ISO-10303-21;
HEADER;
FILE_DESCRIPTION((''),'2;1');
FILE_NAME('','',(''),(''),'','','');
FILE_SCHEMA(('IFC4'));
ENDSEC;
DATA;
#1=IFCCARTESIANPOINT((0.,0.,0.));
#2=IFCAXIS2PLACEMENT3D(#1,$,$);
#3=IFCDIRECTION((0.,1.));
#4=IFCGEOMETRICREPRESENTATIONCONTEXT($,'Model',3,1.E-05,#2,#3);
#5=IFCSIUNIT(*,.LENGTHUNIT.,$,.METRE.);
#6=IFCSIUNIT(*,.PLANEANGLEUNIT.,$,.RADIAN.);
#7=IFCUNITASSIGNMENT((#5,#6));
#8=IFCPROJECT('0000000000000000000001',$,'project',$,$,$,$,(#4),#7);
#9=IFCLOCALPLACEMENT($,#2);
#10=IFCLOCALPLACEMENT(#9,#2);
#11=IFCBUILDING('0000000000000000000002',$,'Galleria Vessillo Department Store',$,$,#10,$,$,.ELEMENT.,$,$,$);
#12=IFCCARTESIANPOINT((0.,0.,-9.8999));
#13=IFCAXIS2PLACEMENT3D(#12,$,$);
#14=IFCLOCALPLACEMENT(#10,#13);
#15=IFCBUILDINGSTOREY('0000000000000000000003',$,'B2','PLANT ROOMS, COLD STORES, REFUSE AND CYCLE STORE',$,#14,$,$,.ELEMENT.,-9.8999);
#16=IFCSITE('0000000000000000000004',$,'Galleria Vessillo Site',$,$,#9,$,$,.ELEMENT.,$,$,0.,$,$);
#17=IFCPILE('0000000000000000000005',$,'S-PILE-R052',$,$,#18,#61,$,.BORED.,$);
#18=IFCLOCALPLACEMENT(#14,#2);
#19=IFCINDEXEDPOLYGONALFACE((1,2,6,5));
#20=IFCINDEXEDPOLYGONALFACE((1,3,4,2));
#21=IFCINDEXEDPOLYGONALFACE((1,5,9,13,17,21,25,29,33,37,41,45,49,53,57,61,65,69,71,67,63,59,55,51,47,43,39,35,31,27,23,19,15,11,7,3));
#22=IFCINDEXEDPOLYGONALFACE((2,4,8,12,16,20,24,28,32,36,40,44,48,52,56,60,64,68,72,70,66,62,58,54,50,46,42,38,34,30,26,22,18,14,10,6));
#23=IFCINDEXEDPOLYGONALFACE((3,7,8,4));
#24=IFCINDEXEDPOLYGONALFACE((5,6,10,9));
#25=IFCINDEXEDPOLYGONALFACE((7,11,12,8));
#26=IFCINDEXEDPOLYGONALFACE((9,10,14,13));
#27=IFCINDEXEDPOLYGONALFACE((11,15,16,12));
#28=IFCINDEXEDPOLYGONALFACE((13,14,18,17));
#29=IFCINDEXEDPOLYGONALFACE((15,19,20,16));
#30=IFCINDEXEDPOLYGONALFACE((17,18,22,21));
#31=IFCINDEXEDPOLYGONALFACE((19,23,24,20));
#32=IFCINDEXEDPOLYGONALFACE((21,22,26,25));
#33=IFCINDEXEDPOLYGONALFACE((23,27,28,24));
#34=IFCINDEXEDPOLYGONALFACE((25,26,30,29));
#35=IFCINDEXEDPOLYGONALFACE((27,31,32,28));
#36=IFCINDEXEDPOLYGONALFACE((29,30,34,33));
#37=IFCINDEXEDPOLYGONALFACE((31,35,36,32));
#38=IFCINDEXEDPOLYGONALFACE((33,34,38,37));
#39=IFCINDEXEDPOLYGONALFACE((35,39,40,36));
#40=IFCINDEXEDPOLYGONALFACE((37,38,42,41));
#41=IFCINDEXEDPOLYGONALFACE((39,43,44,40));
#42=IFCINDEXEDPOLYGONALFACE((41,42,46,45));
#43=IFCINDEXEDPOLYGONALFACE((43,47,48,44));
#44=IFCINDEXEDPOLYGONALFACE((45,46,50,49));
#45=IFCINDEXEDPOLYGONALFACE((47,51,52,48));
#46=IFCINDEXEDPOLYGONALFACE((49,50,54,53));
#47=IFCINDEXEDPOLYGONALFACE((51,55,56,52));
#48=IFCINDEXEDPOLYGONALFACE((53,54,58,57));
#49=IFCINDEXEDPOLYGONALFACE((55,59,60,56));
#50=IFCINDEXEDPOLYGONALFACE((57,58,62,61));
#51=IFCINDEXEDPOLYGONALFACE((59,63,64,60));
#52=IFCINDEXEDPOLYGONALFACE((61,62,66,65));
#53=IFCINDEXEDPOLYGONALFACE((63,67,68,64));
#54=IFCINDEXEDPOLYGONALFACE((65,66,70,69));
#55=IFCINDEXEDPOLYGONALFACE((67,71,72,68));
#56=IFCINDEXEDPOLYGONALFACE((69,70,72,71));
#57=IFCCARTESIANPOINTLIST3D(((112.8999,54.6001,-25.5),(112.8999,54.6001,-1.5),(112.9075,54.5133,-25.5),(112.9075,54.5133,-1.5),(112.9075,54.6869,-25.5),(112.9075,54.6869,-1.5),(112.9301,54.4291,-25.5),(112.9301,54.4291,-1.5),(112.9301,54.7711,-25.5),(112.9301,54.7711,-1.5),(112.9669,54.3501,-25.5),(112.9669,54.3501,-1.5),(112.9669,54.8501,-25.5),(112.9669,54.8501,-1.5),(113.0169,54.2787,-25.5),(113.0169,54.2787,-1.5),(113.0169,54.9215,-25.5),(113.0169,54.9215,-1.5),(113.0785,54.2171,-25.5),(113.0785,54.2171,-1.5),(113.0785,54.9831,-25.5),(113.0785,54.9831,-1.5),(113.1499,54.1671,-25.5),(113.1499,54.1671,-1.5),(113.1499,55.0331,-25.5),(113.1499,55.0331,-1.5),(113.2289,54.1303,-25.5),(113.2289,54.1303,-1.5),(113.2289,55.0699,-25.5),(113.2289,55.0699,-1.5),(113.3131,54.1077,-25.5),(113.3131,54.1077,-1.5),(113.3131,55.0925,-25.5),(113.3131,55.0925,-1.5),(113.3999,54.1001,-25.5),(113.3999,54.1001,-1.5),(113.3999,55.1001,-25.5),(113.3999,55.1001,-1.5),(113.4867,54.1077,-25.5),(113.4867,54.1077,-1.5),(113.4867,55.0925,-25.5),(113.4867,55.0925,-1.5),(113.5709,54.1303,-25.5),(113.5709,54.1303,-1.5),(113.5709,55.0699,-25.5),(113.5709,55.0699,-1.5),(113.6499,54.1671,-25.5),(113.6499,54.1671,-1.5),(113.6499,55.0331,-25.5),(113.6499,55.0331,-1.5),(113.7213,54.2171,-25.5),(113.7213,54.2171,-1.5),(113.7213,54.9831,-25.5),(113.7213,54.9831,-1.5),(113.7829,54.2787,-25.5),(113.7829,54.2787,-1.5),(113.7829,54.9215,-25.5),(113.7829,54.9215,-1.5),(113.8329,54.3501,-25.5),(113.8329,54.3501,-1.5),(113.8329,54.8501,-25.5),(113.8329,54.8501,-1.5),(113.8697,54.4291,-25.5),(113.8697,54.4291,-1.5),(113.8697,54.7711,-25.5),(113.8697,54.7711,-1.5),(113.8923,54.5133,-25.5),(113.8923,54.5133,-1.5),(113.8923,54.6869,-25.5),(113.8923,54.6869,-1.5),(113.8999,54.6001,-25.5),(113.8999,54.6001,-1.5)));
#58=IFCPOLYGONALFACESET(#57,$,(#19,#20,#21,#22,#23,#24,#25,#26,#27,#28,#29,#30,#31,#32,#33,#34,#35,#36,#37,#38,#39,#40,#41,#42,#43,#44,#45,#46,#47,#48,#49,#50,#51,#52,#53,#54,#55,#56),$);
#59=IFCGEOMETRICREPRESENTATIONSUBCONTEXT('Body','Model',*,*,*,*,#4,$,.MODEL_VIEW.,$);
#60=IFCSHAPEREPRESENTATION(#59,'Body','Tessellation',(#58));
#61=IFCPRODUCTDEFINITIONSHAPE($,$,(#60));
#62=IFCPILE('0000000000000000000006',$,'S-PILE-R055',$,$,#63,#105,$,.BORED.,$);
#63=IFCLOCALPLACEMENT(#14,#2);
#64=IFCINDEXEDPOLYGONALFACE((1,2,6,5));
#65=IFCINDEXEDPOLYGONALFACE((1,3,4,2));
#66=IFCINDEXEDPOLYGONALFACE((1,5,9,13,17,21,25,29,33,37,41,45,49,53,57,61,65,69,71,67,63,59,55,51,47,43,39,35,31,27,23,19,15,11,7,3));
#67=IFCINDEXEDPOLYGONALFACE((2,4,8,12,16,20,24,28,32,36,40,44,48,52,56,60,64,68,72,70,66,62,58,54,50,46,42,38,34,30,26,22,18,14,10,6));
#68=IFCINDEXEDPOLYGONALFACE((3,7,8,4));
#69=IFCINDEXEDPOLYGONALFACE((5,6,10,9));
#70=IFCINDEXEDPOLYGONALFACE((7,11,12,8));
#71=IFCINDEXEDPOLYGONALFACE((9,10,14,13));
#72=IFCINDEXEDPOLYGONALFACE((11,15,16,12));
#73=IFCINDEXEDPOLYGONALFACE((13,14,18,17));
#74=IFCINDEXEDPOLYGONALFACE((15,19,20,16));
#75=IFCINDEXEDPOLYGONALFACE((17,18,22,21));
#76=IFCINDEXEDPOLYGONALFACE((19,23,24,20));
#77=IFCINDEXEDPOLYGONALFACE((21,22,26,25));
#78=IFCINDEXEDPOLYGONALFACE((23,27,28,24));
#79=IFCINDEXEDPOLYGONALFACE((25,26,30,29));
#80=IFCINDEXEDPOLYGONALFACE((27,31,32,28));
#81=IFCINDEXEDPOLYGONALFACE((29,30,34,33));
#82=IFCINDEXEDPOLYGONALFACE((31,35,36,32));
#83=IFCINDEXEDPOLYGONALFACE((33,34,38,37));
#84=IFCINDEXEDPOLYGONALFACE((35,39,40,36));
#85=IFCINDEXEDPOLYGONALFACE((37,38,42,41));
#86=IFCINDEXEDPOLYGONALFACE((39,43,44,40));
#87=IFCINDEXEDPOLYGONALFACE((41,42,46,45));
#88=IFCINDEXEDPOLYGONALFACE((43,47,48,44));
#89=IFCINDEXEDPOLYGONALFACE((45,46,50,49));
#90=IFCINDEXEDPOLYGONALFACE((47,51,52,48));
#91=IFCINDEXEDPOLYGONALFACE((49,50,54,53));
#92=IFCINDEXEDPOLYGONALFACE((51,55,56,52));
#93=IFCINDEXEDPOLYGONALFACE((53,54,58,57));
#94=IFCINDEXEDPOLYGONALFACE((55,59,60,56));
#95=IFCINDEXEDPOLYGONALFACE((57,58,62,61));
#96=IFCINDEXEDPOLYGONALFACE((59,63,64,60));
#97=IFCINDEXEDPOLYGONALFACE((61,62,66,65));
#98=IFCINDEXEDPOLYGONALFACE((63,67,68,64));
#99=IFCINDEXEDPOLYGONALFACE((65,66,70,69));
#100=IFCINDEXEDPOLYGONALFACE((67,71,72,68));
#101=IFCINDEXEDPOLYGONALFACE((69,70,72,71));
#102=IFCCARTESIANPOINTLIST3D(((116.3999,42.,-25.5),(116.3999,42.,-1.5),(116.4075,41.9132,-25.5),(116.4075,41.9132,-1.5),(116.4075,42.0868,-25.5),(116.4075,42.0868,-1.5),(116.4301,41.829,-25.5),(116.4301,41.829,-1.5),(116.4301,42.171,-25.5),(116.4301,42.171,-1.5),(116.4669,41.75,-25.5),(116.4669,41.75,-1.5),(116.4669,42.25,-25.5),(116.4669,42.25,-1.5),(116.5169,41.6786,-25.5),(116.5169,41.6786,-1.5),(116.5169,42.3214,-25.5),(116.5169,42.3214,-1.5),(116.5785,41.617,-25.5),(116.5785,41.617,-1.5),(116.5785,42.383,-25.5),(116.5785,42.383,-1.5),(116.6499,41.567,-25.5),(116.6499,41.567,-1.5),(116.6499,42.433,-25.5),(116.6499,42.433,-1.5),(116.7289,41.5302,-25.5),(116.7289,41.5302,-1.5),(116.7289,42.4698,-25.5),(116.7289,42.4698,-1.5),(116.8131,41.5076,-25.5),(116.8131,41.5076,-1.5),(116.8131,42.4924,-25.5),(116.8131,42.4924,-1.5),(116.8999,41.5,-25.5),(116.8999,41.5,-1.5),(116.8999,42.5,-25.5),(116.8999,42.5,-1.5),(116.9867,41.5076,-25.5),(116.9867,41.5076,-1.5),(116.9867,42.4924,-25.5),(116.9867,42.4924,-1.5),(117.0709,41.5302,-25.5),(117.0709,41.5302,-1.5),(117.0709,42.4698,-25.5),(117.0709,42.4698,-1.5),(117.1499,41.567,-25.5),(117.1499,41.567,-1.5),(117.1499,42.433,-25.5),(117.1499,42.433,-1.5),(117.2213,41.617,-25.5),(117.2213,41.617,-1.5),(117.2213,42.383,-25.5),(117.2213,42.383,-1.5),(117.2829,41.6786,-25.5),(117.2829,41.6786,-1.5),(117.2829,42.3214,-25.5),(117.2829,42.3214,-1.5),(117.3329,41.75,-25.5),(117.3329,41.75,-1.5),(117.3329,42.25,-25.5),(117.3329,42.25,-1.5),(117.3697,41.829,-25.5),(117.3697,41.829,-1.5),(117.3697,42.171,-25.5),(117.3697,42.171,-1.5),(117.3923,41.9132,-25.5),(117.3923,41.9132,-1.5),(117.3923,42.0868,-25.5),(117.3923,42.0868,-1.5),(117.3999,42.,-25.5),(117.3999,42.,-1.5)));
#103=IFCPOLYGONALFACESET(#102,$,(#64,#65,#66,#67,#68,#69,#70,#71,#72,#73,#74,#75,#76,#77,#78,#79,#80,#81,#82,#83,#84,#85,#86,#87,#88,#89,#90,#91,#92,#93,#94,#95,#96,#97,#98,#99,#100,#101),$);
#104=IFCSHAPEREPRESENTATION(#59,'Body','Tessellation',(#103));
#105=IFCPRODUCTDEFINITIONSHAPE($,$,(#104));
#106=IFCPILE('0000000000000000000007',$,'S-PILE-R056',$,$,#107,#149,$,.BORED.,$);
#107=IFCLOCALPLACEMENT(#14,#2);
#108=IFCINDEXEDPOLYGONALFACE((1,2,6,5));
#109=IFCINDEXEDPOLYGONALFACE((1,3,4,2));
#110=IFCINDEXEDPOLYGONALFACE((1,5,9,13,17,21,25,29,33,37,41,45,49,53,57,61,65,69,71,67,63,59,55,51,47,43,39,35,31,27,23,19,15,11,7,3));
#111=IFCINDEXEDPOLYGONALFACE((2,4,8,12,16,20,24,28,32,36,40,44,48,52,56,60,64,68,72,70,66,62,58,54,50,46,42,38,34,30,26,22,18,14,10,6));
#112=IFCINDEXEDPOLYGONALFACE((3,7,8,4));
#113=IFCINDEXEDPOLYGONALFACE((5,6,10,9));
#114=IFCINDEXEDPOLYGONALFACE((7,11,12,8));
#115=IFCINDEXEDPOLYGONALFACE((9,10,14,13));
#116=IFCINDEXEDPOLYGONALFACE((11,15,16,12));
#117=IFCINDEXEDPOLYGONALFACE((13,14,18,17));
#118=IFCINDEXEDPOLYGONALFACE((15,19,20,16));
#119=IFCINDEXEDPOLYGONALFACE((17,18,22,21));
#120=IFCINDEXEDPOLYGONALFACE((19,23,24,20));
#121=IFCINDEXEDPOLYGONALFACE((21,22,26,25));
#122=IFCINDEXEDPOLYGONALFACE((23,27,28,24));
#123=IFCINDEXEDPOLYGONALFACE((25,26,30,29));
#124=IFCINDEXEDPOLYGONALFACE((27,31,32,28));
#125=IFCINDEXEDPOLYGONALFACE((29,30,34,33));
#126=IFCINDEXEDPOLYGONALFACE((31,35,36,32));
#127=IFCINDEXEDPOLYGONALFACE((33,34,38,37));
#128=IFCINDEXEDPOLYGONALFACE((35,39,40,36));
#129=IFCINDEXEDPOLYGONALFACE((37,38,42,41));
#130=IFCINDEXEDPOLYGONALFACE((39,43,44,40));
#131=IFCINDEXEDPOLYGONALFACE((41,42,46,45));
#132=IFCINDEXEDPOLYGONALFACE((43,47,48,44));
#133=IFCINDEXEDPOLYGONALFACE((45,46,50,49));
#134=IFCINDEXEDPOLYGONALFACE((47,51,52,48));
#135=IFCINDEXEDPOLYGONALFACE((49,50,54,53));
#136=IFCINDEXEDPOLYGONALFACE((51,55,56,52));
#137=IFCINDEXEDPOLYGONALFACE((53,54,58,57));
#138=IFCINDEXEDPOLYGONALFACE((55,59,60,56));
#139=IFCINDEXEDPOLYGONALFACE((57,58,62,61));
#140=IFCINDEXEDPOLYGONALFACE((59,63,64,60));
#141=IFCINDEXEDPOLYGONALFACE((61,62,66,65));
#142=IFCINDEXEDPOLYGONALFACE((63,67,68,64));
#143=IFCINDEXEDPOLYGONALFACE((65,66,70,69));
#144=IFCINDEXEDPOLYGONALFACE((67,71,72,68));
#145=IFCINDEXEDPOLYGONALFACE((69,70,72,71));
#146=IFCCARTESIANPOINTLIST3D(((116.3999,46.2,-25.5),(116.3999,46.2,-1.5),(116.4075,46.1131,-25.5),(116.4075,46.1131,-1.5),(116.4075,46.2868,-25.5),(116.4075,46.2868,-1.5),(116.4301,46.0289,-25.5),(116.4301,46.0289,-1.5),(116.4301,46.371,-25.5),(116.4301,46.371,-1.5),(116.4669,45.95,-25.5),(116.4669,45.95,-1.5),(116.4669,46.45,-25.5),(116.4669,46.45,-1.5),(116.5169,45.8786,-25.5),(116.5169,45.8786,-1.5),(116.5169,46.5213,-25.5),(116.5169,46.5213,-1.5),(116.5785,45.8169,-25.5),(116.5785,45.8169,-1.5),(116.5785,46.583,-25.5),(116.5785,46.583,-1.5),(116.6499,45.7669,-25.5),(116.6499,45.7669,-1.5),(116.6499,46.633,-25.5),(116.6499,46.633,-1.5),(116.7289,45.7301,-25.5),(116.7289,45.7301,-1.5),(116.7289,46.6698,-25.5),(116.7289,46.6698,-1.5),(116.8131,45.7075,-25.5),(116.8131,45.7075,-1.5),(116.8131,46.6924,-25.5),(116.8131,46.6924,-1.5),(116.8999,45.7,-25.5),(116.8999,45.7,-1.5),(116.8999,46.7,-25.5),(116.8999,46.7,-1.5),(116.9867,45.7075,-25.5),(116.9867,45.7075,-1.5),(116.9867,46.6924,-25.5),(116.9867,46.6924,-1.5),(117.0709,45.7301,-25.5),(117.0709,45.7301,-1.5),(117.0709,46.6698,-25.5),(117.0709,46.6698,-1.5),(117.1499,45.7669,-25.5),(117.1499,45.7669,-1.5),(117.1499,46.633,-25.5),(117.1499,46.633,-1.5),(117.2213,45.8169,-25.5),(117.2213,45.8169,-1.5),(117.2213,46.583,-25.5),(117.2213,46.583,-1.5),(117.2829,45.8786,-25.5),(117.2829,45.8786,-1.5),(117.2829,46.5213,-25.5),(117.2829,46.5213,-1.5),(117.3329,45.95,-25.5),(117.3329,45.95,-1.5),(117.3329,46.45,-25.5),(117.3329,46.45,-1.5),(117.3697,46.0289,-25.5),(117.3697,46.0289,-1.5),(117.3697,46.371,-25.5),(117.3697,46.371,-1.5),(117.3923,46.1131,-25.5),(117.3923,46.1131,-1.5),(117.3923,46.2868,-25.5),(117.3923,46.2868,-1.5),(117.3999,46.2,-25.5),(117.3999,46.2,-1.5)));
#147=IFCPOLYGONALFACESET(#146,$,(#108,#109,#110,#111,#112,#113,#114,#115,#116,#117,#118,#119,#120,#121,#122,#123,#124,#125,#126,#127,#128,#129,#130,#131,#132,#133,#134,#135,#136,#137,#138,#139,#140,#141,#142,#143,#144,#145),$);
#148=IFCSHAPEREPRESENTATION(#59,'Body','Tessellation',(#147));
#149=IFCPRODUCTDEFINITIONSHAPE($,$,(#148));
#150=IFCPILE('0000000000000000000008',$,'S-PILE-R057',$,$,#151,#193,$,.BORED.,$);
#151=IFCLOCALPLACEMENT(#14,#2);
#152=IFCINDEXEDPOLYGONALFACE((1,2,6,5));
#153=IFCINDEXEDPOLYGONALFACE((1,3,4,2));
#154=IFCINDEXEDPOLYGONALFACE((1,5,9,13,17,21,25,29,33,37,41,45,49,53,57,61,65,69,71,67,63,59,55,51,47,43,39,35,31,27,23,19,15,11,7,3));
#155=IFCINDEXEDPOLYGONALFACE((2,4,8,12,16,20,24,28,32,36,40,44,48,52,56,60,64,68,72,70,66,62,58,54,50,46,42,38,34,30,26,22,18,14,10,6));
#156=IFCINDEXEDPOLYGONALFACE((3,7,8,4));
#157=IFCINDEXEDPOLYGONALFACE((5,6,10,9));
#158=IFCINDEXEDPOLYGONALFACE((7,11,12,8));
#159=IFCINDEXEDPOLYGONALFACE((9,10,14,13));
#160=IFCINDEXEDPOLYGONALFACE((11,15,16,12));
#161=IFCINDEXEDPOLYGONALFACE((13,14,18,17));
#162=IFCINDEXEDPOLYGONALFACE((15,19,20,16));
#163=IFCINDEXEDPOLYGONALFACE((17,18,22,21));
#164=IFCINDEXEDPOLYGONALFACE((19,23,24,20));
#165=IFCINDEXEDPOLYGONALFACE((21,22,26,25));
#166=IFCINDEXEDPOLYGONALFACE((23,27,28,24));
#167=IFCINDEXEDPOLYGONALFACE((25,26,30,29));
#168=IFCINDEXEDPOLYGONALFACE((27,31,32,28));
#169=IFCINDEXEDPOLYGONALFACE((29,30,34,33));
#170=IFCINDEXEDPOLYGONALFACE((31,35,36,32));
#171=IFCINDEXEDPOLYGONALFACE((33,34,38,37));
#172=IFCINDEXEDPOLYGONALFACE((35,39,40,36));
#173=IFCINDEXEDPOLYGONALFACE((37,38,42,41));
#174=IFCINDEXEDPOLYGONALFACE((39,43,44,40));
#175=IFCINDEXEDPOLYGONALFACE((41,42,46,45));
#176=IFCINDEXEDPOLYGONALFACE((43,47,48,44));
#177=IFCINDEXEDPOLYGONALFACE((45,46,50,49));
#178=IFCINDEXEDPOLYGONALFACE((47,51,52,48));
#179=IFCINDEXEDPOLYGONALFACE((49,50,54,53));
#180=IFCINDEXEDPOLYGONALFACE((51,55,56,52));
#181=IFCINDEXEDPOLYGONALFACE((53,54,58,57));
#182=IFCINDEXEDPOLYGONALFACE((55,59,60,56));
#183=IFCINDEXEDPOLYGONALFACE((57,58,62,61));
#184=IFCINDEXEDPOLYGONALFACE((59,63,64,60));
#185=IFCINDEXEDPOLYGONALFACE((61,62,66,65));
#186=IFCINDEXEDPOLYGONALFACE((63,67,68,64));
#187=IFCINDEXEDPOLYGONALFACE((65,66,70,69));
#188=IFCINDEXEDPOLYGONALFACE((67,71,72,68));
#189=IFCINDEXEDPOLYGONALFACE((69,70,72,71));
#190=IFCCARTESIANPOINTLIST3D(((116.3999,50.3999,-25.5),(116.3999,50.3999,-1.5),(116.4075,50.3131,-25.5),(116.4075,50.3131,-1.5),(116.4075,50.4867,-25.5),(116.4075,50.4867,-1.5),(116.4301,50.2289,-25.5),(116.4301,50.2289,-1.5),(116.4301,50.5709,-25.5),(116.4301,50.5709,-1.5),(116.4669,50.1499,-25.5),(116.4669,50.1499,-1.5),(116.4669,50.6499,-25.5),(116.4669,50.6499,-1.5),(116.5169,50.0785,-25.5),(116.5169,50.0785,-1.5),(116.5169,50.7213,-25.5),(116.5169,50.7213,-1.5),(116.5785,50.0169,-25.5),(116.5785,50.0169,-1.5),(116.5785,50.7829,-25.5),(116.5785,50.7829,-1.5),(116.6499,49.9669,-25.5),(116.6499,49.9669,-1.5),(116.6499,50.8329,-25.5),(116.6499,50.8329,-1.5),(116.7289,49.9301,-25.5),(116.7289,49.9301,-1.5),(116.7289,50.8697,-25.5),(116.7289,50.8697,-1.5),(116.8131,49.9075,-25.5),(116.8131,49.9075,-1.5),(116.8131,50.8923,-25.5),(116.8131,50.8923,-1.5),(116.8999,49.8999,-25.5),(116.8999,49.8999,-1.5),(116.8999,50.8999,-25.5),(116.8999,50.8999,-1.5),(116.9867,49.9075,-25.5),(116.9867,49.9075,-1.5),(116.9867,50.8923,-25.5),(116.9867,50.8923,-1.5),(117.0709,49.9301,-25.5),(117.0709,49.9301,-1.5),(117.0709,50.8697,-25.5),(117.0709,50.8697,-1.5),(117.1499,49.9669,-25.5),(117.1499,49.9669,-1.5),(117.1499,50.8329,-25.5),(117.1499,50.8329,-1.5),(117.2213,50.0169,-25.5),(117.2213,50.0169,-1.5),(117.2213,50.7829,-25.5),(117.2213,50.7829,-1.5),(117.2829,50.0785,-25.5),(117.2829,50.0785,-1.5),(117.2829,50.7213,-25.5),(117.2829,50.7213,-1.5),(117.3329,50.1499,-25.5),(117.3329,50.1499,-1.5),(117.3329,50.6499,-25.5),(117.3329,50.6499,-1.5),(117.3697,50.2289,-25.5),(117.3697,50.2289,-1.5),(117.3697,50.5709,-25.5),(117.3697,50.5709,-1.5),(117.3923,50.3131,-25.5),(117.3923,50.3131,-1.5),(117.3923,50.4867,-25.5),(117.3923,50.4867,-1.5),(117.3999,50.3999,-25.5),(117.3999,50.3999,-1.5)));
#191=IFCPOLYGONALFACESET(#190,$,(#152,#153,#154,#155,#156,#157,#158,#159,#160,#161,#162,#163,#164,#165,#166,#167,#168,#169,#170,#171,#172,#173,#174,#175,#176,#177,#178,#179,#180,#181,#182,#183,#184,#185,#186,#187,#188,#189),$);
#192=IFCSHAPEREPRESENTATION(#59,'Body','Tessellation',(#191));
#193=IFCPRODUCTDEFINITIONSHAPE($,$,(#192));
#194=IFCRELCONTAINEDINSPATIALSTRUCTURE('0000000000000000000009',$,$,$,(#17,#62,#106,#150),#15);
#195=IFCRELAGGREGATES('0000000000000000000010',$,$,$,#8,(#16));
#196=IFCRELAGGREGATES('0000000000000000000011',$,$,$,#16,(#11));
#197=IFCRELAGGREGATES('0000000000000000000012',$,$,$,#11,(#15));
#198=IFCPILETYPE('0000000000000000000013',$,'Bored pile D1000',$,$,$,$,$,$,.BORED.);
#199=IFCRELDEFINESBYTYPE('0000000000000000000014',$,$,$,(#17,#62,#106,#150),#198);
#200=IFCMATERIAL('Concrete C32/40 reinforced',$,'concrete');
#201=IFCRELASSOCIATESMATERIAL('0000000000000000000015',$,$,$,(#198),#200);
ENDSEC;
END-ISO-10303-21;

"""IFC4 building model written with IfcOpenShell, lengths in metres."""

from ifc_helpers import new_model, si_unit, direction, frame, origin, origin_2d, place, context, subcontext, project, spatial, circle, extrude, material, material_profile, profile_set, type_object, element, save


model = new_model("IFC4")

# Units and contexts
model_context = context("Model", 3, precision=1e-05, world=origin(), true_north=direction((0.0, 1.0)))
body_context = subcontext(model_context, "Body", "Model", "MODEL_VIEW")
ifc_project = project(units=[si_unit("LENGTHUNIT", "METRE"), si_unit("PLANEANGLEUNIT", "RADIAN")], contexts=[model_context])

# Site, building, storey
site_placement = place(None, origin())
site = spatial("IfcSite", under=ifc_project, at=site_placement, Name="Galleria Vessillo Site", CompositionType="ELEMENT", RefElevation=0.0)
building_placement = place(site_placement, origin())
building = spatial("IfcBuilding", under=site, at=building_placement, Name="Galleria Vessillo Department Store", CompositionType="ELEMENT")
storey_placement = place(building_placement, frame((0.0, 0.0, -9.8999)))
storey = spatial("IfcBuildingStorey", under=building, at=storey_placement, Name="B2", Description="PLANT ROOMS, COLD STORES, REFUSE AND CYCLE STORE", CompositionType="ELEMENT", Elevation=-9.8999)

# Piles
ifc_material_1 = material(Name="Concrete C32/40 reinforced", Category="concrete")
ifc_material_profile_1 = material_profile(ifc_material_1, circle(Radius=0.5, at=origin_2d()), Name="Bored pile D1000")
ifc_profile_set_1 = profile_set([ifc_material_profile_1], Name="Concrete C32/40 reinforced")
pile_type = type_object("IfcPileType", Name="Bored pile D1000", PredefinedType="BORED", material=ifc_profile_set_1)
for number, where, z_axis, x_axis, name in (
    (1, (113.3999, 54.6001, -1.5), (0.0, 0.0, -1.0), (1.0, 0.0, 0.0), "S-PILE-R052"),
    (2, (116.8999, 42.0, -1.5), (0.0, 0.0, -1.0), (1.0, 0.0, 0.0), "S-PILE-R055"),
    (3, (116.8999, 46.2, -1.5), (0.0, 0.0, -1.0), (1.0, 0.0, 0.0), "S-PILE-R056"),
    (4, (116.8999, 50.3999, -1.5), (0.0, 0.0, -1.0), (1.0, 0.0, 0.0), "S-PILE-R057"),
):
    element("IfcPile", number, at=place(storey_placement, frame(where, z_axis=z_axis, x_axis=x_axis)), inside=storey, type_object=pile_type, Name=name, PredefinedType="BORED", context=body_context, shape_type="SweptSolid", body=[
        extrude(circle(Radius=0.5, at=origin_2d()), origin(), (0.0, 0.0, 1.0), 24.0),
    ])

save(model, "model.ifc")
